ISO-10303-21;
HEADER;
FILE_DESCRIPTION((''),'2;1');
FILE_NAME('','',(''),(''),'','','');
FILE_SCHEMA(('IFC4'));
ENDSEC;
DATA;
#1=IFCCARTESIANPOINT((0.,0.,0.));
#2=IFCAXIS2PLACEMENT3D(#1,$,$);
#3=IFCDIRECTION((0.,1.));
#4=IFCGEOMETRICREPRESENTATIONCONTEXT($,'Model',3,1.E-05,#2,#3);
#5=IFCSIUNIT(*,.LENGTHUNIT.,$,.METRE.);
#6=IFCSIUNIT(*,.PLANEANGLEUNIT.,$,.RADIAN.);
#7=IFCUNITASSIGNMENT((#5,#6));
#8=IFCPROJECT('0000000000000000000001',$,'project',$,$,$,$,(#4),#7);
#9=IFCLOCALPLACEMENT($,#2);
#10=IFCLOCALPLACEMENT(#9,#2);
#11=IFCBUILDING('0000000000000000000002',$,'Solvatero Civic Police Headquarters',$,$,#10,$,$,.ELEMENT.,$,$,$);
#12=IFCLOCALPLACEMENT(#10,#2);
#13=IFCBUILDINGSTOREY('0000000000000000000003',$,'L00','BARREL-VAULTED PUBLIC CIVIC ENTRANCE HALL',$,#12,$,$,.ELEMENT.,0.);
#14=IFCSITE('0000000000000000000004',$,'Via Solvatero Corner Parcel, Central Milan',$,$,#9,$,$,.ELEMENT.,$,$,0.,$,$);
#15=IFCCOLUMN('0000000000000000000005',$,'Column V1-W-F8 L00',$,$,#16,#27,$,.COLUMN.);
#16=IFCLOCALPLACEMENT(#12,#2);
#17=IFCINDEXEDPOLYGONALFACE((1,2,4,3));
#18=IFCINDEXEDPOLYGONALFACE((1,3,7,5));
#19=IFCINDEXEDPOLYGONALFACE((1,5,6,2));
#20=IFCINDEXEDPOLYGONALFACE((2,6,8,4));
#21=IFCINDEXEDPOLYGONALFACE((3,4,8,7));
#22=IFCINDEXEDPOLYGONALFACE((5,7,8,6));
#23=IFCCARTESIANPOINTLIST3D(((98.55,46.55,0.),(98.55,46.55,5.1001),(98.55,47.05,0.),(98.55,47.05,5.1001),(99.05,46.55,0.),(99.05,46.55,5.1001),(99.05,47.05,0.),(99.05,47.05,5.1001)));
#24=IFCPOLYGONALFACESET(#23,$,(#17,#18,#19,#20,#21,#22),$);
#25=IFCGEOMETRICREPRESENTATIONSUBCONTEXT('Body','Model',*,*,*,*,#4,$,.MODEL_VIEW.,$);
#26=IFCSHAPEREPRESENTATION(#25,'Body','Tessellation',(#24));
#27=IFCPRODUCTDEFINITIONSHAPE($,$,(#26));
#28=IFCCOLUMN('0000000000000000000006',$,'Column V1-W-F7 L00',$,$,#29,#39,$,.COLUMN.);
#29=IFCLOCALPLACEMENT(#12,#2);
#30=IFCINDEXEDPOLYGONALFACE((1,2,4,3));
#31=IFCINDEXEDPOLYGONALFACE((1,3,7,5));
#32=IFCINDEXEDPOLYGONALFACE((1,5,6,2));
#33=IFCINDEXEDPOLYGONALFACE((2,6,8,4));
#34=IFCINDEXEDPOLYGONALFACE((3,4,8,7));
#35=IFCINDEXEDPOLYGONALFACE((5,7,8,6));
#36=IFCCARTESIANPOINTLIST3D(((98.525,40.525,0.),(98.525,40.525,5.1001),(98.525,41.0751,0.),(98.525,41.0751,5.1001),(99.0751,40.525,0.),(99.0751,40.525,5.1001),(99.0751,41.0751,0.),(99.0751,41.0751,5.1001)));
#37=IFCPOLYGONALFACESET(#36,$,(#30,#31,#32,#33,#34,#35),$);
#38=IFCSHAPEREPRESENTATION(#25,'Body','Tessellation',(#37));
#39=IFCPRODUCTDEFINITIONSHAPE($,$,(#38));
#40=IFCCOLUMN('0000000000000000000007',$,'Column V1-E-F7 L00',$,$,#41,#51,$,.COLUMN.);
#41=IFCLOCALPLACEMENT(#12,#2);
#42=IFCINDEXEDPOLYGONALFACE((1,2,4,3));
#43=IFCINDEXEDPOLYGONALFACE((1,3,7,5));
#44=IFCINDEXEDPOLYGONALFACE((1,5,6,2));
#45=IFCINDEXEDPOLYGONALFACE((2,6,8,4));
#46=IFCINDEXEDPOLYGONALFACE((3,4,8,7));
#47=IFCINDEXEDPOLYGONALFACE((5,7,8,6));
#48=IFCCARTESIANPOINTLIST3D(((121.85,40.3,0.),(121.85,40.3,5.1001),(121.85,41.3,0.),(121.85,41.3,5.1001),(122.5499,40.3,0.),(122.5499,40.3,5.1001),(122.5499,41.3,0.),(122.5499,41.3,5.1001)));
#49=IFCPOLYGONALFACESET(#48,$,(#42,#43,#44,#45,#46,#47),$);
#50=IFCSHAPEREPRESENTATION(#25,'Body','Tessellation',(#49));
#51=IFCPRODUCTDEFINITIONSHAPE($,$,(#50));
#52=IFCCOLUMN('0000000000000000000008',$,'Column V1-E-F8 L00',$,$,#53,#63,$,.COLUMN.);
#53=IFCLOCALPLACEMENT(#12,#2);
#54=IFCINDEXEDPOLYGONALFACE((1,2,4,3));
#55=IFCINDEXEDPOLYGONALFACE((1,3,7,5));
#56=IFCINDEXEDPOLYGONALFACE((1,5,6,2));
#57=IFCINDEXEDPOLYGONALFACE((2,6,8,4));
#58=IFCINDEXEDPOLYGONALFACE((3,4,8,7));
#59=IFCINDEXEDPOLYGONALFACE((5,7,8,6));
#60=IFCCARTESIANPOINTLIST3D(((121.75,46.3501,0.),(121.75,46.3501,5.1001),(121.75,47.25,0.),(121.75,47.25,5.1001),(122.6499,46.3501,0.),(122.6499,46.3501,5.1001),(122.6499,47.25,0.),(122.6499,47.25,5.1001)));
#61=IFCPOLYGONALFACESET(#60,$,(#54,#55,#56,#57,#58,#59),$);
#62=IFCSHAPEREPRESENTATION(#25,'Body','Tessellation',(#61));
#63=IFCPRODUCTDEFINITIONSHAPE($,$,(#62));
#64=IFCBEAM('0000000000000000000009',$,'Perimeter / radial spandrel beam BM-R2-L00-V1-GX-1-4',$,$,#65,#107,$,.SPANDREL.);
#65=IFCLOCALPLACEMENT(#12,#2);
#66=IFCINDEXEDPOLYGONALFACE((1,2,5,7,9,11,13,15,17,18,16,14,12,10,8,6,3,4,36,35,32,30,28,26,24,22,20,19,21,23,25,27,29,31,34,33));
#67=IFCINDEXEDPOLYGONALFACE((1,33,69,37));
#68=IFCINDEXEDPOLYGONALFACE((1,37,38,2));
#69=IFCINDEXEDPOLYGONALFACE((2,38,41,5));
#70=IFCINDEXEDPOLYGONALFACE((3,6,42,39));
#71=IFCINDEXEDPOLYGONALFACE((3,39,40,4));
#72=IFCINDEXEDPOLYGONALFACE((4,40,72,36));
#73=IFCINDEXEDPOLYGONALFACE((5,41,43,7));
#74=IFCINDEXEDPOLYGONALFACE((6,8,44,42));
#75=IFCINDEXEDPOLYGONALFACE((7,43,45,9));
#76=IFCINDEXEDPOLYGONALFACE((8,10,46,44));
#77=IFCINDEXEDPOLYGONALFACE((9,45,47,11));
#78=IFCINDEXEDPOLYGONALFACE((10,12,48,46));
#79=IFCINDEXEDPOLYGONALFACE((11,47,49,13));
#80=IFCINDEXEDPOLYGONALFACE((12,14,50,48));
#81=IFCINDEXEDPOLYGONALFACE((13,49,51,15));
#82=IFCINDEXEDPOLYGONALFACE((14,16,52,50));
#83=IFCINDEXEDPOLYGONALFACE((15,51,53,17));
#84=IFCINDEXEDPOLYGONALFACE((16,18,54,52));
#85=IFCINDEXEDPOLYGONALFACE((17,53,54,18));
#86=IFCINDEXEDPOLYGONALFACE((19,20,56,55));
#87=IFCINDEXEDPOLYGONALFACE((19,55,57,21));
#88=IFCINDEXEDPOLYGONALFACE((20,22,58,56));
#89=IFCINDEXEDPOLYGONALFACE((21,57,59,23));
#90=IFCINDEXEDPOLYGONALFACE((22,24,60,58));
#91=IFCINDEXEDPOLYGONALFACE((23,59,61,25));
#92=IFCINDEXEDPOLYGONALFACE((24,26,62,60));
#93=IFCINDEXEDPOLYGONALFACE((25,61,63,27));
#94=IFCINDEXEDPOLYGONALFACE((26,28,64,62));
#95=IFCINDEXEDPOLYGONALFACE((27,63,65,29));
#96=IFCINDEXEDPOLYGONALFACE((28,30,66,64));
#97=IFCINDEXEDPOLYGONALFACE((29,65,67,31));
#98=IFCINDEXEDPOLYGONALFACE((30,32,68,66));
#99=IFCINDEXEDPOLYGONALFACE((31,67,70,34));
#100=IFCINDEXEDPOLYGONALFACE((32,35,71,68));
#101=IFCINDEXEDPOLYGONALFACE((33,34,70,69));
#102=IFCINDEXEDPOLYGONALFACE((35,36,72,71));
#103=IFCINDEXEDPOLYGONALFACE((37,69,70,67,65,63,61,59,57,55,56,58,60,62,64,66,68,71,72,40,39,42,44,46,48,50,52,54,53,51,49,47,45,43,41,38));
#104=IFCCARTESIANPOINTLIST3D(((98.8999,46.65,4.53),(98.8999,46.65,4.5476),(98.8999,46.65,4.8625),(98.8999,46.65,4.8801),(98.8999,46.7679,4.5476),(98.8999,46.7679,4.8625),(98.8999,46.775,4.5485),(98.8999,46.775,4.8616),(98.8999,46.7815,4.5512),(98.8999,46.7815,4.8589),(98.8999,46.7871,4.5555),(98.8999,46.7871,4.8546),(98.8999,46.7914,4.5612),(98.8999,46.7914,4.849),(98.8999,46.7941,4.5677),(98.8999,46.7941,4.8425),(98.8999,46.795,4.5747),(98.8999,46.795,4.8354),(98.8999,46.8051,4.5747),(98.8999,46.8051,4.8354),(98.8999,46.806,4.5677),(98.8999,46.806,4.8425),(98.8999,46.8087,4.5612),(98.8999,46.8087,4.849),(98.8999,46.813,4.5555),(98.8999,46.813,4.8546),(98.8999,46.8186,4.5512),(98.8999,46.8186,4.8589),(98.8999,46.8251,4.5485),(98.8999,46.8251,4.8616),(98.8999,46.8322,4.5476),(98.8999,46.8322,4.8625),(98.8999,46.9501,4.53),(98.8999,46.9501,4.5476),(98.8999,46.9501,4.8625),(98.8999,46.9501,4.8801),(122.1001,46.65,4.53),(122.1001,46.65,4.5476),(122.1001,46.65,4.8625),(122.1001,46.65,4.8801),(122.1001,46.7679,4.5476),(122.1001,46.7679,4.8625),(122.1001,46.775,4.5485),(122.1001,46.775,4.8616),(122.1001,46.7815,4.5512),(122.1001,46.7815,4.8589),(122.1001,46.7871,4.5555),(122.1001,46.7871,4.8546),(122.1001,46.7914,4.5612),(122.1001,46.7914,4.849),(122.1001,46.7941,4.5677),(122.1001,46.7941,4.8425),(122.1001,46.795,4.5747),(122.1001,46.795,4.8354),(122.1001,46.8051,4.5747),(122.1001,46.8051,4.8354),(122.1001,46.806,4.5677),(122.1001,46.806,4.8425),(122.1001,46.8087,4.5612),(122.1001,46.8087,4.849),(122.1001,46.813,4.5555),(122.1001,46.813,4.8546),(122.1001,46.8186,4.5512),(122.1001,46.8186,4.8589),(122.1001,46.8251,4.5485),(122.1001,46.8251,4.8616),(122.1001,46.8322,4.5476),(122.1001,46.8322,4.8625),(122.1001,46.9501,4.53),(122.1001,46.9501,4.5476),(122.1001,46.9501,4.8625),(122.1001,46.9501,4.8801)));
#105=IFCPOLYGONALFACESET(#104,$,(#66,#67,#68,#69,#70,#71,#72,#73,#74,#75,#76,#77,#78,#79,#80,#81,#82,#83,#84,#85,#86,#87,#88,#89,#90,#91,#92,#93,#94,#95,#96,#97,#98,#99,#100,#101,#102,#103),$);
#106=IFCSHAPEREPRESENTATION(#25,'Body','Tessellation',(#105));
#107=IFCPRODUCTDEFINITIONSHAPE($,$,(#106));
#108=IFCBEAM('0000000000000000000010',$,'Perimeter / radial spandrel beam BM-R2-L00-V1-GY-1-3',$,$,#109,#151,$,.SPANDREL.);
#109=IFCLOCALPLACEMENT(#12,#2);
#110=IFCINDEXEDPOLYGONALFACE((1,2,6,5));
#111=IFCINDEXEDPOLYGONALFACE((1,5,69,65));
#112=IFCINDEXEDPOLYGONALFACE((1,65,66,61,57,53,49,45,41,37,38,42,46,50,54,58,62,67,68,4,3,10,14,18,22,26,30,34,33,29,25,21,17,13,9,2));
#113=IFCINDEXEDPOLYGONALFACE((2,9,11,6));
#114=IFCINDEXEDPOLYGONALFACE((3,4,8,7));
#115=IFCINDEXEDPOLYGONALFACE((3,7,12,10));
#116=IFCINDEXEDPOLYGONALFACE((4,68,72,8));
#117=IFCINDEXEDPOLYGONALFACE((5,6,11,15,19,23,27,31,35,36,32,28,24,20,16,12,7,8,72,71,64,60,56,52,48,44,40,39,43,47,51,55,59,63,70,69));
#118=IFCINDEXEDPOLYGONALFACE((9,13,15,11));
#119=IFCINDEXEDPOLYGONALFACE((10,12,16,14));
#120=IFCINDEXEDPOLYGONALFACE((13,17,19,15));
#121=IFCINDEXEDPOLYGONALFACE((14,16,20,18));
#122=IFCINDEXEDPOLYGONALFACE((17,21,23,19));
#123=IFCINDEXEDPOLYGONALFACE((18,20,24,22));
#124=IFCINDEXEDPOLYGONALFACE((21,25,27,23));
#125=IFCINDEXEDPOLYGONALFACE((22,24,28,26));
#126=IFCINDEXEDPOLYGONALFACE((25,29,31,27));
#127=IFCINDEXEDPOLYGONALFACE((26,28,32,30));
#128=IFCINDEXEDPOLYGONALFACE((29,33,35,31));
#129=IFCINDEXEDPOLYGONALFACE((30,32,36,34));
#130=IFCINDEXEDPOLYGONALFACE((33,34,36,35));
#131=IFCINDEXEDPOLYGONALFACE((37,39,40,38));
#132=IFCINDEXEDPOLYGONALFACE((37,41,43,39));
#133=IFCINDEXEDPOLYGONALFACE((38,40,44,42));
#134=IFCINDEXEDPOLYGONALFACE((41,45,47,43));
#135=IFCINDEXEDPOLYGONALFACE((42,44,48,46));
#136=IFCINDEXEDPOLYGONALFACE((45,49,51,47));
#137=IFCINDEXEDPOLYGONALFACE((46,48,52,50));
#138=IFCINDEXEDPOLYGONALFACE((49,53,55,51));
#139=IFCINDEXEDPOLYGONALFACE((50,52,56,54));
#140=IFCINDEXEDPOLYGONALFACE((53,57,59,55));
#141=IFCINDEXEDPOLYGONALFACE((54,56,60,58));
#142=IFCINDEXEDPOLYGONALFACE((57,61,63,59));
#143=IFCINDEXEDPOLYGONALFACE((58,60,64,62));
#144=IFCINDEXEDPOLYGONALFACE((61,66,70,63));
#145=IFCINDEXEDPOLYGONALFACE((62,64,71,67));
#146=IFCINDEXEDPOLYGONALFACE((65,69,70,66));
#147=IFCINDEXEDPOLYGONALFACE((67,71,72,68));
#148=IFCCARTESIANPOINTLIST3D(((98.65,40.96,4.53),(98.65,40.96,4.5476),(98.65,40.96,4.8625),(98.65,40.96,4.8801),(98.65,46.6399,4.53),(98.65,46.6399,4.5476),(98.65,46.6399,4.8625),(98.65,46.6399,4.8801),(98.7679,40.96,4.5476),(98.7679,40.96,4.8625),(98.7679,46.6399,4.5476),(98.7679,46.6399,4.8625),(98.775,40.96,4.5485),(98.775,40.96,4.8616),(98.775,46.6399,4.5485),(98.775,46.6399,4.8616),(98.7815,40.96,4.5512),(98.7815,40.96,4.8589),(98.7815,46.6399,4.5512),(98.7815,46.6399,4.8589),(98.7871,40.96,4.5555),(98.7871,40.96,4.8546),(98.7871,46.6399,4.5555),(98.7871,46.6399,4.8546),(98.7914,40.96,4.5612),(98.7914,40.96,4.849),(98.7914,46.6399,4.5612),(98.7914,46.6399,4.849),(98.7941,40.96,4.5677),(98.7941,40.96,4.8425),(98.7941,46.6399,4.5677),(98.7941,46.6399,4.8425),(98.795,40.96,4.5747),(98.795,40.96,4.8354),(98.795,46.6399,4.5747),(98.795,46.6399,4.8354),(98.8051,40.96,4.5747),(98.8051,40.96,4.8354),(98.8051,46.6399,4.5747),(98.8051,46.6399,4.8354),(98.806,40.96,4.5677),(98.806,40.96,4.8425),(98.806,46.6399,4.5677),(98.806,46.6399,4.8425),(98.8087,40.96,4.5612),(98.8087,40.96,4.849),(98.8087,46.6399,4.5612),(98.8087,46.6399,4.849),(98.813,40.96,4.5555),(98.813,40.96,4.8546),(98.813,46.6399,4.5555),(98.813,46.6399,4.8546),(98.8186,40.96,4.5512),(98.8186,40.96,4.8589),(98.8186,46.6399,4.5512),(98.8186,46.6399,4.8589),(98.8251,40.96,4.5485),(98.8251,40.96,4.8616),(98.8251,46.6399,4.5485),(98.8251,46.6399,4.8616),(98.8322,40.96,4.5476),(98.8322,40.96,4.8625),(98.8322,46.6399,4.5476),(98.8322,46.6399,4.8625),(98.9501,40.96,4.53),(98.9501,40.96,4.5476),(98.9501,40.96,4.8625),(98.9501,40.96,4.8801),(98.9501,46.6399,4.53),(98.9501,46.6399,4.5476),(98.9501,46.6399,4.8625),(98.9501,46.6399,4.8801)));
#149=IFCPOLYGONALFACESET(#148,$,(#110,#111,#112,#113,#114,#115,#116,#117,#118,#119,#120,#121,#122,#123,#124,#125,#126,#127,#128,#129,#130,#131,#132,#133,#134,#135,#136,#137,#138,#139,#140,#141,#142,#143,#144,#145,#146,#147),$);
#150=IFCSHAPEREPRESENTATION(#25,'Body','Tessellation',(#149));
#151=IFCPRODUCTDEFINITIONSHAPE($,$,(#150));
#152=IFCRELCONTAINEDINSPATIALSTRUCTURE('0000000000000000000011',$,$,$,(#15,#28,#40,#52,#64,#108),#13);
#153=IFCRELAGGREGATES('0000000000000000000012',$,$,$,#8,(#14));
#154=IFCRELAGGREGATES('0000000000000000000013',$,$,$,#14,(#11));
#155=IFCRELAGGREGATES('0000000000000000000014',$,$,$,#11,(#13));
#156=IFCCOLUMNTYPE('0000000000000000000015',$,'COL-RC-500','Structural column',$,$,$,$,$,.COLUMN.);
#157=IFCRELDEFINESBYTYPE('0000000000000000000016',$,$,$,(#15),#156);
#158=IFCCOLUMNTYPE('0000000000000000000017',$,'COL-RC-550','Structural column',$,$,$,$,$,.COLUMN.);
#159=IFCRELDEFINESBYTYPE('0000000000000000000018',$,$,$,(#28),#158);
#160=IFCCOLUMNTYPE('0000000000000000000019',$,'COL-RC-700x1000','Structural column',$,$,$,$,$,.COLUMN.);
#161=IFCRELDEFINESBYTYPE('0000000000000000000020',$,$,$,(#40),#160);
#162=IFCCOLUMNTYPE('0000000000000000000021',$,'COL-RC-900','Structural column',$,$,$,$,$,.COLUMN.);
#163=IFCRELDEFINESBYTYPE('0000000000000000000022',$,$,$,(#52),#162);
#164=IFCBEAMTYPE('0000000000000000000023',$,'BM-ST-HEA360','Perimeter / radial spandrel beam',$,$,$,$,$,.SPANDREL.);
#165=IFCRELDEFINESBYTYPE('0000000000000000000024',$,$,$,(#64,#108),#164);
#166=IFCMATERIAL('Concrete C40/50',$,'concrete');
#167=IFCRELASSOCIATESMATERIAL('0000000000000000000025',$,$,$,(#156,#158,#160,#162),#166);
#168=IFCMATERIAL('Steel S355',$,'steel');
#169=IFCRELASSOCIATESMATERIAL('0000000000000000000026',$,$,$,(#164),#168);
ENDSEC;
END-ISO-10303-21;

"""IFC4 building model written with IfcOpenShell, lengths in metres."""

from ifc_helpers import new_model, si_unit, direction, frame, origin, origin_2d, place, context, subcontext, project, spatial, rectangle, i_section, extrude, material, material_profile, profile_set, type_object, element, save


model = new_model("IFC4")

# Units and contexts
model_context = context("Model", 3, precision=1e-05, world=origin(), true_north=direction((0.0, 1.0)))
body_context = subcontext(model_context, "Body", "Model", "MODEL_VIEW")
ifc_project = project(units=[si_unit("LENGTHUNIT", "METRE"), si_unit("PLANEANGLEUNIT", "RADIAN")], contexts=[model_context])

# Site, building, storey
site_placement = place(None, origin())
site = spatial("IfcSite", under=ifc_project, at=site_placement, Name="Via Solvatero Corner Parcel, Central Milan", CompositionType="ELEMENT", RefElevation=0.0)
building_placement = place(site_placement, origin())
building = spatial("IfcBuilding", under=site, at=building_placement, Name="Solvatero Civic Police Headquarters", CompositionType="ELEMENT")
storey_placement = place(building_placement, origin())
storey = spatial("IfcBuildingStorey", under=building, at=storey_placement, Name="L00", Description="BARREL-VAULTED PUBLIC CIVIC ENTRANCE HALL", CompositionType="ELEMENT", Elevation=0.0)

# Columns
ifc_material_1 = material(Name="Concrete C40/50", Category="concrete")
ifc_material_profile_1 = material_profile(ifc_material_1, rectangle(XDim=0.5, YDim=0.5, at=origin_2d()), Name="RC 500x500")
ifc_profile_set_1 = profile_set([ifc_material_profile_1], Name="Concrete C40/50")
column_type_1 = type_object("IfcColumnType", Name="COL-RC-500", Description="Structural column", PredefinedType="COLUMN", material=ifc_profile_set_1)
column_1_placement = place(storey_placement, frame((98.8, 46.8, 0.0), z_axis=(0.0, 0.0, 1.0), x_axis=(1.0, 0.0, 0.0)))
element("IfcColumn", 1, at=column_1_placement, inside=storey, type_object=column_type_1, Name="Column V1-W-F8 L00", PredefinedType="COLUMN", context=body_context, shape_type="SweptSolid", body=[
    extrude(rectangle(XDim=0.5, YDim=0.5, at=origin_2d()), origin(), (0.0, 0.0, 1.0), 5.1001),
])
ifc_material_profile_2 = material_profile(ifc_material_1, rectangle(XDim=0.55, YDim=0.55, at=origin_2d()), Name="RC 550x550")
ifc_profile_set_2 = profile_set([ifc_material_profile_2], Name="Concrete C40/50")
column_type_2 = type_object("IfcColumnType", Name="COL-RC-550", Description="Structural column", PredefinedType="COLUMN", material=ifc_profile_set_2)
column_2_placement = place(storey_placement, frame((98.8, 40.8, 0.0), z_axis=(0.0, 0.0, 1.0), x_axis=(1.0, 0.0, 0.0)))
element("IfcColumn", 2, at=column_2_placement, inside=storey, type_object=column_type_2, Name="Column V1-W-F7 L00", PredefinedType="COLUMN", context=body_context, shape_type="SweptSolid", body=[
    extrude(rectangle(XDim=0.55, YDim=0.55, at=origin_2d()), origin(), (0.0, 0.0, 1.0), 5.1001),
])
ifc_material_profile_3 = material_profile(ifc_material_1, rectangle(XDim=0.7, YDim=1.0, at=origin_2d()), Name="RC 700x1000")
ifc_profile_set_3 = profile_set([ifc_material_profile_3], Name="Concrete C40/50")
column_type_3 = type_object("IfcColumnType", Name="COL-RC-700x1000", Description="Structural column", PredefinedType="COLUMN", material=ifc_profile_set_3)
column_3_placement = place(storey_placement, frame((122.2, 40.8, 0.0), z_axis=(0.0, 0.0, 1.0), x_axis=(1.0, 0.0, 0.0)))
element("IfcColumn", 3, at=column_3_placement, inside=storey, type_object=column_type_3, Name="Column V1-E-F7 L00", PredefinedType="COLUMN", context=body_context, shape_type="SweptSolid", body=[
    extrude(rectangle(XDim=0.7, YDim=1.0, at=origin_2d()), origin(), (0.0, 0.0, 1.0), 5.1001),
])
ifc_material_profile_4 = material_profile(ifc_material_1, rectangle(XDim=0.8999, YDim=0.8999, at=origin_2d()), Name="RC 900x900")
ifc_profile_set_4 = profile_set([ifc_material_profile_4], Name="Concrete C40/50")
column_type_4 = type_object("IfcColumnType", Name="COL-RC-900", Description="Structural column", PredefinedType="COLUMN", material=ifc_profile_set_4)
column_4_placement = place(storey_placement, frame((122.2, 46.8, 0.0), z_axis=(0.0, 0.0, 1.0), x_axis=(1.0, 0.0, 0.0)))
element("IfcColumn", 4, at=column_4_placement, inside=storey, type_object=column_type_4, Name="Column V1-E-F8 L00", PredefinedType="COLUMN", context=body_context, shape_type="SweptSolid", body=[
    extrude(rectangle(XDim=0.8999, YDim=0.8999, at=origin_2d()), origin(), (0.0, 0.0, 1.0), 5.1001),
])

# Beams
ifc_material_2 = material(Name="Steel S355", Category="steel")
ifc_material_profile_5 = material_profile(ifc_material_2, i_section(OverallWidth=0.3, OverallDepth=0.3501, WebThickness=0.01, FlangeThickness=0.0176, FilletRadius=0.0271, at=origin_2d()), Name="HEA 360")
ifc_profile_set_5 = profile_set([ifc_material_profile_5], Name="Steel S355")
beam_type_1 = type_object("IfcBeamType", Name="BM-ST-HEA360", Description="Perimeter / radial spandrel beam", PredefinedType="SPANDREL", material=ifc_profile_set_5)
beam_placement = place(storey_placement, frame((98.8999, 46.8, 4.7051), z_axis=(1.0, 0.0, 0.0), x_axis=(0.0, 1.0, 0.0)))
element("IfcBeam", 5, at=beam_placement, inside=storey, type_object=beam_type_1, Name="Perimeter / radial spandrel beam BM-R2-L00-V1-GX-1-4", PredefinedType="SPANDREL", context=body_context, shape_type="SweptSolid", body=[
    extrude(i_section(OverallWidth=0.3, OverallDepth=0.3501, WebThickness=0.01, FlangeThickness=0.0176, FilletRadius=0.0271, at=origin_2d()), origin(), (0.0, 0.0, 1.0), 23.2002),
])
for number, where, z_axis, x_axis, name in (
    (6, (98.8, 40.96, 4.7051), (0.0, 1.0, 0.0), (-1.0, 0.0, 0.0), "Perimeter / radial spandrel beam BM-R2-L00-V1-GY-1-3"),
):
    element("IfcBeam", number, at=place(storey_placement, frame(where, z_axis=z_axis, x_axis=x_axis)), inside=storey, type_object=beam_type_1, Name=name, PredefinedType="SPANDREL", context=body_context, shape_type="SweptSolid", body=[
        extrude(i_section(OverallWidth=0.3, OverallDepth=0.3501, WebThickness=0.01, FlangeThickness=0.0176, FilletRadius=0.0271, at=origin_2d()), origin(), (0.0, 0.0, 1.0), 5.6799),
    ])

save(model, "model.ifc")
